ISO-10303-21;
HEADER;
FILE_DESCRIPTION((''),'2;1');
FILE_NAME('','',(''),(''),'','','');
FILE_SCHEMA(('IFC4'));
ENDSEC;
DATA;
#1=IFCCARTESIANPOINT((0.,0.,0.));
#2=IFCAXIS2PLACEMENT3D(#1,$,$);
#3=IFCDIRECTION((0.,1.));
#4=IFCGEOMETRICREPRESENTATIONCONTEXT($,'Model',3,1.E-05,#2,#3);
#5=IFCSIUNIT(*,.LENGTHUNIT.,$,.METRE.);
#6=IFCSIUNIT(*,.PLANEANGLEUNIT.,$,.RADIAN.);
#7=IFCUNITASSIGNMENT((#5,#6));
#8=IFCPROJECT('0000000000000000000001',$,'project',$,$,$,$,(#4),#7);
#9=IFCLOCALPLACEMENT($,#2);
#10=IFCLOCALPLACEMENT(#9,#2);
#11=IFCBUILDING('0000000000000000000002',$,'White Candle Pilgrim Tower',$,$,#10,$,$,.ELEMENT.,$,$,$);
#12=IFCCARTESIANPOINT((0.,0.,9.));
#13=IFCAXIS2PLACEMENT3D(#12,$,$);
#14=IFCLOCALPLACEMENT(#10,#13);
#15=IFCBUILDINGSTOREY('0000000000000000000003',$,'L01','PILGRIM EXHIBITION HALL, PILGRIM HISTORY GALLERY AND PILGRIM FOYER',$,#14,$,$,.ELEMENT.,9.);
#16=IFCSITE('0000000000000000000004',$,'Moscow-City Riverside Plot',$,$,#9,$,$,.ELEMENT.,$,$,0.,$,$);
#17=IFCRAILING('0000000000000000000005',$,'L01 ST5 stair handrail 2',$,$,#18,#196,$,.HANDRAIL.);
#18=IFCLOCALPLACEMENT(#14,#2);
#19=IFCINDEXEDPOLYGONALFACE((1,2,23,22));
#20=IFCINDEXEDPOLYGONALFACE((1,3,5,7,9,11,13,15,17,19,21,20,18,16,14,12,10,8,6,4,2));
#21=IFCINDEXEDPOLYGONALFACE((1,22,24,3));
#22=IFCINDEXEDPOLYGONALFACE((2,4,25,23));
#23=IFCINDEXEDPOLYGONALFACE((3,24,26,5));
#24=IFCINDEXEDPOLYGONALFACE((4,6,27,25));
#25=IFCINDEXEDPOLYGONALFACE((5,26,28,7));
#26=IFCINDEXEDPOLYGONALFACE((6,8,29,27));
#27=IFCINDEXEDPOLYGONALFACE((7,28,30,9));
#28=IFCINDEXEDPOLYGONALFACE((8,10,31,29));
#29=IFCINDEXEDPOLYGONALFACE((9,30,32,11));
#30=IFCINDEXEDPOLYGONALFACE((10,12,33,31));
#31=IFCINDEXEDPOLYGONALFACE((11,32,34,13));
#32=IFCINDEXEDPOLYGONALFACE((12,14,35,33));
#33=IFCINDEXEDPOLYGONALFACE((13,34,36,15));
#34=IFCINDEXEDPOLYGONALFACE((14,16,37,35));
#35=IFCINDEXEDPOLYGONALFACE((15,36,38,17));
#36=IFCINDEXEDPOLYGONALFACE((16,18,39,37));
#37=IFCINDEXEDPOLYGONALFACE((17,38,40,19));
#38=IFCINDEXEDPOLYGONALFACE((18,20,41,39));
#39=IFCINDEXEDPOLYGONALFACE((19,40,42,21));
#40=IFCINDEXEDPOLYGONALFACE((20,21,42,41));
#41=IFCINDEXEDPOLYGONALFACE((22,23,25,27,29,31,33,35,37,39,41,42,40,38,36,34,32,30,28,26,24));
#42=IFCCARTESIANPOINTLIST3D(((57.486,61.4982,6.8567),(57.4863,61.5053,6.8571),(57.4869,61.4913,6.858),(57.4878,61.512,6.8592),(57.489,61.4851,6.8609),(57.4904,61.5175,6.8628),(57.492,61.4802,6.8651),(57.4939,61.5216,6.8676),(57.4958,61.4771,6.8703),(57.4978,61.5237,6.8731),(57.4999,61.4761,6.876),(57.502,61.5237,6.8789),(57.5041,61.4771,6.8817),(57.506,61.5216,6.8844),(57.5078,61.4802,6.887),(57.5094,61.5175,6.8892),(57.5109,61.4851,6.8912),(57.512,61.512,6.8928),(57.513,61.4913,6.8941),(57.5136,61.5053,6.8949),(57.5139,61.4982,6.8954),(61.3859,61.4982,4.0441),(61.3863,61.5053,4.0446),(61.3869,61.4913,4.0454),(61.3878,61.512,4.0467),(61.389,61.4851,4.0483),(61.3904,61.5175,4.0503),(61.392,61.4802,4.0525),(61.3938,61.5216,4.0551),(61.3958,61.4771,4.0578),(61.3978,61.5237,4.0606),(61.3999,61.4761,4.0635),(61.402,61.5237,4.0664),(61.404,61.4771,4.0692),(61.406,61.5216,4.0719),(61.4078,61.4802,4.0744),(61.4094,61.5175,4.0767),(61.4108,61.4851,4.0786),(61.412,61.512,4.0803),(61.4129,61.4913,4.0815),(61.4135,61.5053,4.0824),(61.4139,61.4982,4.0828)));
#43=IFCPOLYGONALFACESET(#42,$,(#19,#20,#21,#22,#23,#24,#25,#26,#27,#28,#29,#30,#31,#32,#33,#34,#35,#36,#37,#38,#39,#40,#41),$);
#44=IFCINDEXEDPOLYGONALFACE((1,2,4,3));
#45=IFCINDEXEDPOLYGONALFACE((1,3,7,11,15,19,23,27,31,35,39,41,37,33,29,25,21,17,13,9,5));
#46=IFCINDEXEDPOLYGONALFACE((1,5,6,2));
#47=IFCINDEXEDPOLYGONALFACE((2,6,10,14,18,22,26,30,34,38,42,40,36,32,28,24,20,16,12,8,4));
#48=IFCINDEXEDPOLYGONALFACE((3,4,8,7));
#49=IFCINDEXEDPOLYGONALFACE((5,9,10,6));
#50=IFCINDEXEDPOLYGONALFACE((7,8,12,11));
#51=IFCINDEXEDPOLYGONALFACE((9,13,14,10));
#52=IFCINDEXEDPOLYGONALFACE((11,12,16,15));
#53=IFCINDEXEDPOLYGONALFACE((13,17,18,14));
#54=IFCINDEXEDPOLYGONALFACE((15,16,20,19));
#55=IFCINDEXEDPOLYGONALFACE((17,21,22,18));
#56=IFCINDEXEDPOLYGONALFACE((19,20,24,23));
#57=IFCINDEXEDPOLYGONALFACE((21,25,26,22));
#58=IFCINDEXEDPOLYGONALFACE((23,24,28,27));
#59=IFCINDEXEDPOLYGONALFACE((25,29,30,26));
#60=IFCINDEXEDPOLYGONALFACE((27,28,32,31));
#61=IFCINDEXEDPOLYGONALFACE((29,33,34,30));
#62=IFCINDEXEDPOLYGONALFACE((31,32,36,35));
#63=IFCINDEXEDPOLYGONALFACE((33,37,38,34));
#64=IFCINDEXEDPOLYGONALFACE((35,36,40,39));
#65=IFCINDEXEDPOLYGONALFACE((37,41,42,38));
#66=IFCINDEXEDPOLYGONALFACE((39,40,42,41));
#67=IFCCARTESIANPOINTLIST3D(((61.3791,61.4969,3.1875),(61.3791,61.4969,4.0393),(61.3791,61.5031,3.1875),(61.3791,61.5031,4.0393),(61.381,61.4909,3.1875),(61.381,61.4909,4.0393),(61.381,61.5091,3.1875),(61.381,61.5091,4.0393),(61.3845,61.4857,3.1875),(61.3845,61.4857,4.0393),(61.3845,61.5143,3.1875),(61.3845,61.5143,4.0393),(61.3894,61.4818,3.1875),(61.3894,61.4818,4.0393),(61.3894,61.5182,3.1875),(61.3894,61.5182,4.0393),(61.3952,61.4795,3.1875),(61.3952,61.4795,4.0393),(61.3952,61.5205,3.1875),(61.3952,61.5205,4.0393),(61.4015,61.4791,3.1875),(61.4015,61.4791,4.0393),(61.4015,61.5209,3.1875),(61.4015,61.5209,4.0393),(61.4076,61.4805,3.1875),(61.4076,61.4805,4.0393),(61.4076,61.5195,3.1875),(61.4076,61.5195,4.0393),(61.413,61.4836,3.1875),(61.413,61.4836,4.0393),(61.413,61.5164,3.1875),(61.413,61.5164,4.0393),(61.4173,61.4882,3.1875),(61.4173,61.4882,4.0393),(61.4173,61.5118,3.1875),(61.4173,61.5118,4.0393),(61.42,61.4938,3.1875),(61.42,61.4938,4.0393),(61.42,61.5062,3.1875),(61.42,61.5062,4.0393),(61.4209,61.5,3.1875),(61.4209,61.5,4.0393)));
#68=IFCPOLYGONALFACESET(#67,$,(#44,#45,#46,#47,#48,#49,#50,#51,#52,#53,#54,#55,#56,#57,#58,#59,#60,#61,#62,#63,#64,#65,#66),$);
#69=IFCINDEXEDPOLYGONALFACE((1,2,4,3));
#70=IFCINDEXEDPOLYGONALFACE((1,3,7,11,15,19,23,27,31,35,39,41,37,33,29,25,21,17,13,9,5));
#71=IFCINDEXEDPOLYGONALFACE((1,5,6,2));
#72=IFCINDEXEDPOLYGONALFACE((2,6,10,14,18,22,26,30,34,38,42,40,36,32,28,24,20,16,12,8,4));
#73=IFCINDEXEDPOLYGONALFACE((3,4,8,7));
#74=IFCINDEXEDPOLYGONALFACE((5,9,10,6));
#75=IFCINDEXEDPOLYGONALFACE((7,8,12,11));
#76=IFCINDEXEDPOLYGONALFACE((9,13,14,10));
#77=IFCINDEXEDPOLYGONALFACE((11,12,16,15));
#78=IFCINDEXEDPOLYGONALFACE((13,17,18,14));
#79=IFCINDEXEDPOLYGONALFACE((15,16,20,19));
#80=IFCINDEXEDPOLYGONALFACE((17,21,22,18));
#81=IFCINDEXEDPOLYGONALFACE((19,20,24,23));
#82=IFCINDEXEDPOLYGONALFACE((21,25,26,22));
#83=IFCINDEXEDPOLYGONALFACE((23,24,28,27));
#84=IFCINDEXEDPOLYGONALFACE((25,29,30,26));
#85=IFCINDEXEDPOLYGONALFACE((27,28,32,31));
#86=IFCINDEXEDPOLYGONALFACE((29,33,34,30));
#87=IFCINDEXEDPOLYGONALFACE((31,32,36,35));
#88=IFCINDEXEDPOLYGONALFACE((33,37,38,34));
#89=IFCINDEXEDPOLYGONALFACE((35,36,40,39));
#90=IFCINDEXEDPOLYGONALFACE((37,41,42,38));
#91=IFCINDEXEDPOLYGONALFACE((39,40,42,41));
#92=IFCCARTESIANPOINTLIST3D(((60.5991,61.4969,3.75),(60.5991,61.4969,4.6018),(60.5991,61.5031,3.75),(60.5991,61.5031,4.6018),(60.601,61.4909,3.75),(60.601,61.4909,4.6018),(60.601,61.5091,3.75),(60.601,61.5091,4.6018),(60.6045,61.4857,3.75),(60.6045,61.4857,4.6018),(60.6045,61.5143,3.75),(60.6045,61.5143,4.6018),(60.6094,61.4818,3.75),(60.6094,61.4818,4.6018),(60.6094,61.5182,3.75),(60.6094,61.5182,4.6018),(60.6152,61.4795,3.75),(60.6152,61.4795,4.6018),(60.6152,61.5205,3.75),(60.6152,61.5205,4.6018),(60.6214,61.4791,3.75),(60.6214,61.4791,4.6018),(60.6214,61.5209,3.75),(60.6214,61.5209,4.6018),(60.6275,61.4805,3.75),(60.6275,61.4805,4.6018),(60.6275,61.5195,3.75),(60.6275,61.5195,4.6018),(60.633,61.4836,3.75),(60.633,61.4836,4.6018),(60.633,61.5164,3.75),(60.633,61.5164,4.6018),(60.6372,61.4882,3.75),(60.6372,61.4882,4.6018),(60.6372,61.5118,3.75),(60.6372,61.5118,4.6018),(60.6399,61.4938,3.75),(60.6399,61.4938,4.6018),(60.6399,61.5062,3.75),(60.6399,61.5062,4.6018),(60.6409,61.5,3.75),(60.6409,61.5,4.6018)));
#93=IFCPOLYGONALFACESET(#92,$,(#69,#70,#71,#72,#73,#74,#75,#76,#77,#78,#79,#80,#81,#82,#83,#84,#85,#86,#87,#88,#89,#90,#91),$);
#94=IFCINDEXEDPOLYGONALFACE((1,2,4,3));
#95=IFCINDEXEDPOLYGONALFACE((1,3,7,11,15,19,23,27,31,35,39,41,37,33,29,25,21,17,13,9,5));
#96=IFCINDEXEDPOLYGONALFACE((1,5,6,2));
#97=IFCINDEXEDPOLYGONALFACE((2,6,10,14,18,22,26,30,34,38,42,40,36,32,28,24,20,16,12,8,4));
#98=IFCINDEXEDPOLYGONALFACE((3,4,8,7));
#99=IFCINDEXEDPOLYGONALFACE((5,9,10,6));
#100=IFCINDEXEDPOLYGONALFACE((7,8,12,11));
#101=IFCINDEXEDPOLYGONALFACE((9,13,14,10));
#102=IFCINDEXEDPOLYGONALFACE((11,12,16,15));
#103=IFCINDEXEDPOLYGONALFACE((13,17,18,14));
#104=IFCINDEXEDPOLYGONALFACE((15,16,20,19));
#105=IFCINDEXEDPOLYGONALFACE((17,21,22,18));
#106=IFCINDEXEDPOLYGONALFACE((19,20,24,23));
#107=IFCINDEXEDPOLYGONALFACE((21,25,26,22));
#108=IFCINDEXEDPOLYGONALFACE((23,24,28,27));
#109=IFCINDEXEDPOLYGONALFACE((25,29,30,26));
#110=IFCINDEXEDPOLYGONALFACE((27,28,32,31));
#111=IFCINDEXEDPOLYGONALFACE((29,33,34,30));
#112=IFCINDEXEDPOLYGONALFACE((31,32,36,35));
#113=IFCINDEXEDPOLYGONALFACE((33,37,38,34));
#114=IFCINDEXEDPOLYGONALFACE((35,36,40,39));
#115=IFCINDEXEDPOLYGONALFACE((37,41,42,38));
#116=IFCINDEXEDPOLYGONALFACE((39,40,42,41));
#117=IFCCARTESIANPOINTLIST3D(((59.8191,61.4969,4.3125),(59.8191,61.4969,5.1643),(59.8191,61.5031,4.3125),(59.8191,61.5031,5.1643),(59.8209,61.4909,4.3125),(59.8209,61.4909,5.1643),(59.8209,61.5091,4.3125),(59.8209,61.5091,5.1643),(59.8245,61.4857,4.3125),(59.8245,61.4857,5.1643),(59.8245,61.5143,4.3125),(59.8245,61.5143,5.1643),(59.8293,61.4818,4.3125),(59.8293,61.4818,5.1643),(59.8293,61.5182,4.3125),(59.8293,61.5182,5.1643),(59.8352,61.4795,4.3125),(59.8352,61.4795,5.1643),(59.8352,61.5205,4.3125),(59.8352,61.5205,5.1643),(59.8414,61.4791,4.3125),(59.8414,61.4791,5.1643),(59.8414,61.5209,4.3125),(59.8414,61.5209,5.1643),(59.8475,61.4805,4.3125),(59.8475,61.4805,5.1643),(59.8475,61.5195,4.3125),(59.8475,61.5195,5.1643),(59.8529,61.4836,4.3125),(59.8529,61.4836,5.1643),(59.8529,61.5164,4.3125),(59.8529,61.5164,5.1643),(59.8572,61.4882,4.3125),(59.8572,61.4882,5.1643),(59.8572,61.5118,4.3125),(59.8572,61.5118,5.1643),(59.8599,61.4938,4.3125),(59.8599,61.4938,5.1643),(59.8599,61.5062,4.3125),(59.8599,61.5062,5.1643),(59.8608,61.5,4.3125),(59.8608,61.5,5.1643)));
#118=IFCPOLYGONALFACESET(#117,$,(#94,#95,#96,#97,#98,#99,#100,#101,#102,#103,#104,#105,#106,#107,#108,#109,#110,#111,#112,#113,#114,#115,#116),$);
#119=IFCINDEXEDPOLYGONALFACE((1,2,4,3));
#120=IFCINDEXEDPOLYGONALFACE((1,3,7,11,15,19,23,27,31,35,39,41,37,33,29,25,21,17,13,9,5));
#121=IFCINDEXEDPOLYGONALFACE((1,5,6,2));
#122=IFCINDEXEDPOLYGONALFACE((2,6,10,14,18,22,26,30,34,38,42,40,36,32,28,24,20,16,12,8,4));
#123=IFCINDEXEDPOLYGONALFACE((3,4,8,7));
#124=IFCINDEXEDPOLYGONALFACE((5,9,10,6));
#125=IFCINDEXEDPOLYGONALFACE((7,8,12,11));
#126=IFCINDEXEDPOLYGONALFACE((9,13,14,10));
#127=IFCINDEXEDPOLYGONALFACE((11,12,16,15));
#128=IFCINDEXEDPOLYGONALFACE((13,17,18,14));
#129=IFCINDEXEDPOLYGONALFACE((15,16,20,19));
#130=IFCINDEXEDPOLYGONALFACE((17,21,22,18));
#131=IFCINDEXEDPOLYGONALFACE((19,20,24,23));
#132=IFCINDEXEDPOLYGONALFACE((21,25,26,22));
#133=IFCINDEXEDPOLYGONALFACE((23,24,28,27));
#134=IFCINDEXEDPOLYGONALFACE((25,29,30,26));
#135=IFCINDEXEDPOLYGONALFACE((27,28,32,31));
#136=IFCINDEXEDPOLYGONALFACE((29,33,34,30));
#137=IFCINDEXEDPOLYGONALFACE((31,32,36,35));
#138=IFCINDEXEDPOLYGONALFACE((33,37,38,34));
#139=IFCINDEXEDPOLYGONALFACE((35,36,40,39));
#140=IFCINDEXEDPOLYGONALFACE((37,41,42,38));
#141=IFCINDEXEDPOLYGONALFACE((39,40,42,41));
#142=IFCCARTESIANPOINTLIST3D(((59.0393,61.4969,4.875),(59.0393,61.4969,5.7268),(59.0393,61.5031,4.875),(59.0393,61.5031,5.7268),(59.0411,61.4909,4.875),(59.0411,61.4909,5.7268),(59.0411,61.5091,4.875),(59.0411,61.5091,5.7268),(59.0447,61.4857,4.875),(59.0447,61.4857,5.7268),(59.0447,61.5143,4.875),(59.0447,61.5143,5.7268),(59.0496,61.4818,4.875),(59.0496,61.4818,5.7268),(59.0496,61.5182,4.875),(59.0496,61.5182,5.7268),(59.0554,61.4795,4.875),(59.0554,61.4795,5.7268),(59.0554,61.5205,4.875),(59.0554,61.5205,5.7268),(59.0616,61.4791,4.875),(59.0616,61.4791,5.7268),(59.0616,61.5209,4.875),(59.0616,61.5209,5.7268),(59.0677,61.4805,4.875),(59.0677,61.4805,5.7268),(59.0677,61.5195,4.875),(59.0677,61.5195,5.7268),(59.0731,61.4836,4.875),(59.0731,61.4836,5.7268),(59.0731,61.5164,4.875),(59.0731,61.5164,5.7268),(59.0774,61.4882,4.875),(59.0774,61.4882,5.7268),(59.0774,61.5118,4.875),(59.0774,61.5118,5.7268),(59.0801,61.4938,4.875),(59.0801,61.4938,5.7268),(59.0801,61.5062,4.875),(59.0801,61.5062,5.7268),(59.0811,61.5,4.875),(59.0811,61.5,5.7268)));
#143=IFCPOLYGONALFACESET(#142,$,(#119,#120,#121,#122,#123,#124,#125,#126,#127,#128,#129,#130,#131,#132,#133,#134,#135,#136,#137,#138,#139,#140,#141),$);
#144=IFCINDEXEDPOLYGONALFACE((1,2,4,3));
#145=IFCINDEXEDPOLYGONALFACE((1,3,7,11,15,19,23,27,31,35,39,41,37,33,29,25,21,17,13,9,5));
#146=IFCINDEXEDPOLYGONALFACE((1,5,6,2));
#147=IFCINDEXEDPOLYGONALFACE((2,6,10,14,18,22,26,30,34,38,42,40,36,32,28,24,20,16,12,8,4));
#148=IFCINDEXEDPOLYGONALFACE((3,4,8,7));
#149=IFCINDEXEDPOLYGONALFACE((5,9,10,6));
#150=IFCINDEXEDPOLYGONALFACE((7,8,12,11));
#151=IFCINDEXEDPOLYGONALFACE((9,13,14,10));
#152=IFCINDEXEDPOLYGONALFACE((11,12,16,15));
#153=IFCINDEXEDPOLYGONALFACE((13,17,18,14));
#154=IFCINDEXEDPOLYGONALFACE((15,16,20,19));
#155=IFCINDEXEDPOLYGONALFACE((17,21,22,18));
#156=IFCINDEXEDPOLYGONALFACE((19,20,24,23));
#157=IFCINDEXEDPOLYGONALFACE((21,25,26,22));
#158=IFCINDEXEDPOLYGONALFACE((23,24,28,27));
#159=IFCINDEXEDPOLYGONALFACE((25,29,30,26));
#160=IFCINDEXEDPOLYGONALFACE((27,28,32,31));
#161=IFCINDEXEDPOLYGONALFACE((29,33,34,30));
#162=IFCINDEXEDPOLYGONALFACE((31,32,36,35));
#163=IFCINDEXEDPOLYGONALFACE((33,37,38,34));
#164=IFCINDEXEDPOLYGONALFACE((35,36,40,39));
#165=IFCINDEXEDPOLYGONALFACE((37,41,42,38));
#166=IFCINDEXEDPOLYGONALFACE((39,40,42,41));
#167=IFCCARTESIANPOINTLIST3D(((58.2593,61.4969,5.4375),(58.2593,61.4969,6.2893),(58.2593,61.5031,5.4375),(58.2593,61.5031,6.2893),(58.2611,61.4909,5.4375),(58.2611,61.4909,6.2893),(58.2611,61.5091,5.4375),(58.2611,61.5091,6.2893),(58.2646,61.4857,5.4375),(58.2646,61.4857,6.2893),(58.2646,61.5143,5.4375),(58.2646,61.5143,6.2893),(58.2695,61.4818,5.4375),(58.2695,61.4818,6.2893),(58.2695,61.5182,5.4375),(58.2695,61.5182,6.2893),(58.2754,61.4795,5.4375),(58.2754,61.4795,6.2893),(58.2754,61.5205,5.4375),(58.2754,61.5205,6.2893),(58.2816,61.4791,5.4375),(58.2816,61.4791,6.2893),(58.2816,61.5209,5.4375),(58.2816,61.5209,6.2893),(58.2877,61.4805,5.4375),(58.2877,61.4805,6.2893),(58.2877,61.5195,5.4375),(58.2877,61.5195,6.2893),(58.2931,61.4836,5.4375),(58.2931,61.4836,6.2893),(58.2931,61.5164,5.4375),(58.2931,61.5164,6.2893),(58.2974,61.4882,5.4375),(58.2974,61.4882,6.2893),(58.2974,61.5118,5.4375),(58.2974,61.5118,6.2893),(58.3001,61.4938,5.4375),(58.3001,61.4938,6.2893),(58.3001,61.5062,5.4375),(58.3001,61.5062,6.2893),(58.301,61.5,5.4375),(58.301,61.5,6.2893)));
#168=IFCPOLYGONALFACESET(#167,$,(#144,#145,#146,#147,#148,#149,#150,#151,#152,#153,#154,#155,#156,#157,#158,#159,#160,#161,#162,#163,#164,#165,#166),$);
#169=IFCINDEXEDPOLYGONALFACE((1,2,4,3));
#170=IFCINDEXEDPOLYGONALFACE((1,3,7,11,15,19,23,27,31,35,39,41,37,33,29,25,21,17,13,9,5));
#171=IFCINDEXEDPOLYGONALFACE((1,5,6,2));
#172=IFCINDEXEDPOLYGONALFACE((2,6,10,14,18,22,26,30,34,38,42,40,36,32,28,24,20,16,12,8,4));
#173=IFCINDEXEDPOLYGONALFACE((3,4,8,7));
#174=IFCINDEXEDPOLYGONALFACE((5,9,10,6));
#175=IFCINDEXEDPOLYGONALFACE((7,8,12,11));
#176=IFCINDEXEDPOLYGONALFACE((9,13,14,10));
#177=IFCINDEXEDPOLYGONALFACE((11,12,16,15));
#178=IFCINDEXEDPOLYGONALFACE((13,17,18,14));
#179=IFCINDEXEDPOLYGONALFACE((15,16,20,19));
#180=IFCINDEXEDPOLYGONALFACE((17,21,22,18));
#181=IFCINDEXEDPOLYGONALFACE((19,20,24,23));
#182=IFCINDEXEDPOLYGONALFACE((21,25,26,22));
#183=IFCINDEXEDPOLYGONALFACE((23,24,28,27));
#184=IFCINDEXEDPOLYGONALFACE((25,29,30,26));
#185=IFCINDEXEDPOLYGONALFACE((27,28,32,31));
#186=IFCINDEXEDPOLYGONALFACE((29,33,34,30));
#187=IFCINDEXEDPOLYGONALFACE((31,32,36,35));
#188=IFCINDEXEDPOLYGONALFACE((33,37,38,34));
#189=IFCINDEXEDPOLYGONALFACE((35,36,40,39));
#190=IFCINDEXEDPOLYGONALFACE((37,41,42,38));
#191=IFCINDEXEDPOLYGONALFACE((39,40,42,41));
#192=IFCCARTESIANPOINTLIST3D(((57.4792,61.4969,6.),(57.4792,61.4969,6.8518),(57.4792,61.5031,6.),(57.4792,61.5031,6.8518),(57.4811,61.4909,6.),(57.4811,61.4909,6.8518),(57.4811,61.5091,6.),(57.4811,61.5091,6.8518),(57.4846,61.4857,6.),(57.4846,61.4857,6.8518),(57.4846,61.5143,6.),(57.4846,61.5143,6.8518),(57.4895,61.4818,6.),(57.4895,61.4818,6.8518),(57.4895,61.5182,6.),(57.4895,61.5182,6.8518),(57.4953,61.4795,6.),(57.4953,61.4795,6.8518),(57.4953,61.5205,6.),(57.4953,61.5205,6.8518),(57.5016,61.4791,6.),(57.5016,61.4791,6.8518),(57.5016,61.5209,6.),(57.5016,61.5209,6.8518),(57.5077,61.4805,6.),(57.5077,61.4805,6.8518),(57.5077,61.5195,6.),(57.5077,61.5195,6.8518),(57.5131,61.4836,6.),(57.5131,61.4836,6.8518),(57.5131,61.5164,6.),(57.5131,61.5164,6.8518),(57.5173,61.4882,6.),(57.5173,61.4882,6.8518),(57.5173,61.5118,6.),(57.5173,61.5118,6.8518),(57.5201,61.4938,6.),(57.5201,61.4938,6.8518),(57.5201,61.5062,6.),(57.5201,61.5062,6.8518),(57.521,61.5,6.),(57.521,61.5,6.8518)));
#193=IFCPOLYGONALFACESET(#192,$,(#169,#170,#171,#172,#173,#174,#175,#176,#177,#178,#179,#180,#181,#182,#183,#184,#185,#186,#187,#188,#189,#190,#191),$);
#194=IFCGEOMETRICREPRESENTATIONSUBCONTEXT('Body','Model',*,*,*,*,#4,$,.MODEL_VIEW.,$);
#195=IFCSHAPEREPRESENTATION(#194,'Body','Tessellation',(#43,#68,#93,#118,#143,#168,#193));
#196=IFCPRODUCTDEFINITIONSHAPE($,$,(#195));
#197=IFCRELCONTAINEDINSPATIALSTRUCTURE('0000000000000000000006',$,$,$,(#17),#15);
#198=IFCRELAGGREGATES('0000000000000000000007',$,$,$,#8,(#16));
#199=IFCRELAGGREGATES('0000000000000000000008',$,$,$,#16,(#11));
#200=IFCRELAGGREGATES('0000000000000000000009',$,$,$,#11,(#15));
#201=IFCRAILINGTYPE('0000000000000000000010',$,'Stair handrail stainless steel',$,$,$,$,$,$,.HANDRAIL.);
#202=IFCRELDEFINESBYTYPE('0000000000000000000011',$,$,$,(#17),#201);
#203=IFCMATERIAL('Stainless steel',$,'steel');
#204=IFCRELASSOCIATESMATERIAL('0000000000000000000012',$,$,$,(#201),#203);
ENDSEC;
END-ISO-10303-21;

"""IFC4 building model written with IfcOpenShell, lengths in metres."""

from ifc_helpers import new_model, si_unit, direction, frame, origin, origin_2d, place, context, subcontext, project, spatial, circle, extrude, material, type_object, element, save


model = new_model("IFC4")

# Units and contexts
model_context = context("Model", 3, precision=1e-05, world=origin(), true_north=direction((0.0, 1.0)))
body_context = subcontext(model_context, "Body", "Model", "MODEL_VIEW")
ifc_project = project(units=[si_unit("LENGTHUNIT", "METRE"), si_unit("PLANEANGLEUNIT", "RADIAN")], contexts=[model_context])

# Site, building, storey
site_placement = place(None, origin())
site = spatial("IfcSite", under=ifc_project, at=site_placement, Name="Moscow-City Riverside Plot", CompositionType="ELEMENT", RefElevation=0.0)
building_placement = place(site_placement, origin())
building = spatial("IfcBuilding", under=site, at=building_placement, Name="White Candle Pilgrim Tower", CompositionType="ELEMENT")
storey_placement = place(building_placement, frame((0.0, 0.0, 9.0)))
storey = spatial("IfcBuildingStorey", under=building, at=storey_placement, Name="L01", Description="PILGRIM EXHIBITION HALL, PILGRIM HISTORY GALLERY AND PILGRIM FOYER", CompositionType="ELEMENT", Elevation=9.0)

# Railing
ifc_material_1 = material(Name="Stainless steel", Category="steel")
railing_type_1 = type_object("IfcRailingType", Name="Stair handrail stainless steel", PredefinedType="HANDRAIL", material=ifc_material_1)
railing_1_placement = place(storey_placement, frame((61.3999, 61.5, 3.1875)))
element("IfcRailing", 1, at=railing_1_placement, inside=storey, type_object=railing_type_1, Name="L01 ST5 stair handrail 2", PredefinedType="HANDRAIL", context=body_context, shape_type="SweptSolid", body=[
    extrude(circle(Radius=0.0239, at=origin_2d()), frame((0.0, 0.0, 0.876), z_axis=(-0.811083, 0.0, 0.584931), x_axis=(0.0, -1.0, 0.0)), (0.0, 0.0, 1.0), 4.8083),
    extrude(circle(Radius=0.021, at=origin_2d()), origin(), (0.0, 0.0, 1.0), 0.8518),
    extrude(circle(Radius=0.021, at=origin_2d()), frame((-0.78, 0.0, 0.5625)), (0.0, 0.0, 1.0), 0.8518),
    extrude(circle(Radius=0.021, at=origin_2d()), frame((-1.5601, 0.0, 1.125)), (0.0, 0.0, 1.0), 0.8518),
    extrude(circle(Radius=0.021, at=origin_2d()), frame((-2.3398, 0.0, 1.6875)), (0.0, 0.0, 1.0), 0.8518),
    extrude(circle(Radius=0.021, at=origin_2d()), frame((-3.1199, 0.0, 2.25)), (0.0, 0.0, 1.0), 0.8518),
    extrude(circle(Radius=0.021, at=origin_2d()), frame((-3.8999, 0.0, 2.8125)), (0.0, 0.0, 1.0), 0.8518),
])

save(model, "model.ifc")
